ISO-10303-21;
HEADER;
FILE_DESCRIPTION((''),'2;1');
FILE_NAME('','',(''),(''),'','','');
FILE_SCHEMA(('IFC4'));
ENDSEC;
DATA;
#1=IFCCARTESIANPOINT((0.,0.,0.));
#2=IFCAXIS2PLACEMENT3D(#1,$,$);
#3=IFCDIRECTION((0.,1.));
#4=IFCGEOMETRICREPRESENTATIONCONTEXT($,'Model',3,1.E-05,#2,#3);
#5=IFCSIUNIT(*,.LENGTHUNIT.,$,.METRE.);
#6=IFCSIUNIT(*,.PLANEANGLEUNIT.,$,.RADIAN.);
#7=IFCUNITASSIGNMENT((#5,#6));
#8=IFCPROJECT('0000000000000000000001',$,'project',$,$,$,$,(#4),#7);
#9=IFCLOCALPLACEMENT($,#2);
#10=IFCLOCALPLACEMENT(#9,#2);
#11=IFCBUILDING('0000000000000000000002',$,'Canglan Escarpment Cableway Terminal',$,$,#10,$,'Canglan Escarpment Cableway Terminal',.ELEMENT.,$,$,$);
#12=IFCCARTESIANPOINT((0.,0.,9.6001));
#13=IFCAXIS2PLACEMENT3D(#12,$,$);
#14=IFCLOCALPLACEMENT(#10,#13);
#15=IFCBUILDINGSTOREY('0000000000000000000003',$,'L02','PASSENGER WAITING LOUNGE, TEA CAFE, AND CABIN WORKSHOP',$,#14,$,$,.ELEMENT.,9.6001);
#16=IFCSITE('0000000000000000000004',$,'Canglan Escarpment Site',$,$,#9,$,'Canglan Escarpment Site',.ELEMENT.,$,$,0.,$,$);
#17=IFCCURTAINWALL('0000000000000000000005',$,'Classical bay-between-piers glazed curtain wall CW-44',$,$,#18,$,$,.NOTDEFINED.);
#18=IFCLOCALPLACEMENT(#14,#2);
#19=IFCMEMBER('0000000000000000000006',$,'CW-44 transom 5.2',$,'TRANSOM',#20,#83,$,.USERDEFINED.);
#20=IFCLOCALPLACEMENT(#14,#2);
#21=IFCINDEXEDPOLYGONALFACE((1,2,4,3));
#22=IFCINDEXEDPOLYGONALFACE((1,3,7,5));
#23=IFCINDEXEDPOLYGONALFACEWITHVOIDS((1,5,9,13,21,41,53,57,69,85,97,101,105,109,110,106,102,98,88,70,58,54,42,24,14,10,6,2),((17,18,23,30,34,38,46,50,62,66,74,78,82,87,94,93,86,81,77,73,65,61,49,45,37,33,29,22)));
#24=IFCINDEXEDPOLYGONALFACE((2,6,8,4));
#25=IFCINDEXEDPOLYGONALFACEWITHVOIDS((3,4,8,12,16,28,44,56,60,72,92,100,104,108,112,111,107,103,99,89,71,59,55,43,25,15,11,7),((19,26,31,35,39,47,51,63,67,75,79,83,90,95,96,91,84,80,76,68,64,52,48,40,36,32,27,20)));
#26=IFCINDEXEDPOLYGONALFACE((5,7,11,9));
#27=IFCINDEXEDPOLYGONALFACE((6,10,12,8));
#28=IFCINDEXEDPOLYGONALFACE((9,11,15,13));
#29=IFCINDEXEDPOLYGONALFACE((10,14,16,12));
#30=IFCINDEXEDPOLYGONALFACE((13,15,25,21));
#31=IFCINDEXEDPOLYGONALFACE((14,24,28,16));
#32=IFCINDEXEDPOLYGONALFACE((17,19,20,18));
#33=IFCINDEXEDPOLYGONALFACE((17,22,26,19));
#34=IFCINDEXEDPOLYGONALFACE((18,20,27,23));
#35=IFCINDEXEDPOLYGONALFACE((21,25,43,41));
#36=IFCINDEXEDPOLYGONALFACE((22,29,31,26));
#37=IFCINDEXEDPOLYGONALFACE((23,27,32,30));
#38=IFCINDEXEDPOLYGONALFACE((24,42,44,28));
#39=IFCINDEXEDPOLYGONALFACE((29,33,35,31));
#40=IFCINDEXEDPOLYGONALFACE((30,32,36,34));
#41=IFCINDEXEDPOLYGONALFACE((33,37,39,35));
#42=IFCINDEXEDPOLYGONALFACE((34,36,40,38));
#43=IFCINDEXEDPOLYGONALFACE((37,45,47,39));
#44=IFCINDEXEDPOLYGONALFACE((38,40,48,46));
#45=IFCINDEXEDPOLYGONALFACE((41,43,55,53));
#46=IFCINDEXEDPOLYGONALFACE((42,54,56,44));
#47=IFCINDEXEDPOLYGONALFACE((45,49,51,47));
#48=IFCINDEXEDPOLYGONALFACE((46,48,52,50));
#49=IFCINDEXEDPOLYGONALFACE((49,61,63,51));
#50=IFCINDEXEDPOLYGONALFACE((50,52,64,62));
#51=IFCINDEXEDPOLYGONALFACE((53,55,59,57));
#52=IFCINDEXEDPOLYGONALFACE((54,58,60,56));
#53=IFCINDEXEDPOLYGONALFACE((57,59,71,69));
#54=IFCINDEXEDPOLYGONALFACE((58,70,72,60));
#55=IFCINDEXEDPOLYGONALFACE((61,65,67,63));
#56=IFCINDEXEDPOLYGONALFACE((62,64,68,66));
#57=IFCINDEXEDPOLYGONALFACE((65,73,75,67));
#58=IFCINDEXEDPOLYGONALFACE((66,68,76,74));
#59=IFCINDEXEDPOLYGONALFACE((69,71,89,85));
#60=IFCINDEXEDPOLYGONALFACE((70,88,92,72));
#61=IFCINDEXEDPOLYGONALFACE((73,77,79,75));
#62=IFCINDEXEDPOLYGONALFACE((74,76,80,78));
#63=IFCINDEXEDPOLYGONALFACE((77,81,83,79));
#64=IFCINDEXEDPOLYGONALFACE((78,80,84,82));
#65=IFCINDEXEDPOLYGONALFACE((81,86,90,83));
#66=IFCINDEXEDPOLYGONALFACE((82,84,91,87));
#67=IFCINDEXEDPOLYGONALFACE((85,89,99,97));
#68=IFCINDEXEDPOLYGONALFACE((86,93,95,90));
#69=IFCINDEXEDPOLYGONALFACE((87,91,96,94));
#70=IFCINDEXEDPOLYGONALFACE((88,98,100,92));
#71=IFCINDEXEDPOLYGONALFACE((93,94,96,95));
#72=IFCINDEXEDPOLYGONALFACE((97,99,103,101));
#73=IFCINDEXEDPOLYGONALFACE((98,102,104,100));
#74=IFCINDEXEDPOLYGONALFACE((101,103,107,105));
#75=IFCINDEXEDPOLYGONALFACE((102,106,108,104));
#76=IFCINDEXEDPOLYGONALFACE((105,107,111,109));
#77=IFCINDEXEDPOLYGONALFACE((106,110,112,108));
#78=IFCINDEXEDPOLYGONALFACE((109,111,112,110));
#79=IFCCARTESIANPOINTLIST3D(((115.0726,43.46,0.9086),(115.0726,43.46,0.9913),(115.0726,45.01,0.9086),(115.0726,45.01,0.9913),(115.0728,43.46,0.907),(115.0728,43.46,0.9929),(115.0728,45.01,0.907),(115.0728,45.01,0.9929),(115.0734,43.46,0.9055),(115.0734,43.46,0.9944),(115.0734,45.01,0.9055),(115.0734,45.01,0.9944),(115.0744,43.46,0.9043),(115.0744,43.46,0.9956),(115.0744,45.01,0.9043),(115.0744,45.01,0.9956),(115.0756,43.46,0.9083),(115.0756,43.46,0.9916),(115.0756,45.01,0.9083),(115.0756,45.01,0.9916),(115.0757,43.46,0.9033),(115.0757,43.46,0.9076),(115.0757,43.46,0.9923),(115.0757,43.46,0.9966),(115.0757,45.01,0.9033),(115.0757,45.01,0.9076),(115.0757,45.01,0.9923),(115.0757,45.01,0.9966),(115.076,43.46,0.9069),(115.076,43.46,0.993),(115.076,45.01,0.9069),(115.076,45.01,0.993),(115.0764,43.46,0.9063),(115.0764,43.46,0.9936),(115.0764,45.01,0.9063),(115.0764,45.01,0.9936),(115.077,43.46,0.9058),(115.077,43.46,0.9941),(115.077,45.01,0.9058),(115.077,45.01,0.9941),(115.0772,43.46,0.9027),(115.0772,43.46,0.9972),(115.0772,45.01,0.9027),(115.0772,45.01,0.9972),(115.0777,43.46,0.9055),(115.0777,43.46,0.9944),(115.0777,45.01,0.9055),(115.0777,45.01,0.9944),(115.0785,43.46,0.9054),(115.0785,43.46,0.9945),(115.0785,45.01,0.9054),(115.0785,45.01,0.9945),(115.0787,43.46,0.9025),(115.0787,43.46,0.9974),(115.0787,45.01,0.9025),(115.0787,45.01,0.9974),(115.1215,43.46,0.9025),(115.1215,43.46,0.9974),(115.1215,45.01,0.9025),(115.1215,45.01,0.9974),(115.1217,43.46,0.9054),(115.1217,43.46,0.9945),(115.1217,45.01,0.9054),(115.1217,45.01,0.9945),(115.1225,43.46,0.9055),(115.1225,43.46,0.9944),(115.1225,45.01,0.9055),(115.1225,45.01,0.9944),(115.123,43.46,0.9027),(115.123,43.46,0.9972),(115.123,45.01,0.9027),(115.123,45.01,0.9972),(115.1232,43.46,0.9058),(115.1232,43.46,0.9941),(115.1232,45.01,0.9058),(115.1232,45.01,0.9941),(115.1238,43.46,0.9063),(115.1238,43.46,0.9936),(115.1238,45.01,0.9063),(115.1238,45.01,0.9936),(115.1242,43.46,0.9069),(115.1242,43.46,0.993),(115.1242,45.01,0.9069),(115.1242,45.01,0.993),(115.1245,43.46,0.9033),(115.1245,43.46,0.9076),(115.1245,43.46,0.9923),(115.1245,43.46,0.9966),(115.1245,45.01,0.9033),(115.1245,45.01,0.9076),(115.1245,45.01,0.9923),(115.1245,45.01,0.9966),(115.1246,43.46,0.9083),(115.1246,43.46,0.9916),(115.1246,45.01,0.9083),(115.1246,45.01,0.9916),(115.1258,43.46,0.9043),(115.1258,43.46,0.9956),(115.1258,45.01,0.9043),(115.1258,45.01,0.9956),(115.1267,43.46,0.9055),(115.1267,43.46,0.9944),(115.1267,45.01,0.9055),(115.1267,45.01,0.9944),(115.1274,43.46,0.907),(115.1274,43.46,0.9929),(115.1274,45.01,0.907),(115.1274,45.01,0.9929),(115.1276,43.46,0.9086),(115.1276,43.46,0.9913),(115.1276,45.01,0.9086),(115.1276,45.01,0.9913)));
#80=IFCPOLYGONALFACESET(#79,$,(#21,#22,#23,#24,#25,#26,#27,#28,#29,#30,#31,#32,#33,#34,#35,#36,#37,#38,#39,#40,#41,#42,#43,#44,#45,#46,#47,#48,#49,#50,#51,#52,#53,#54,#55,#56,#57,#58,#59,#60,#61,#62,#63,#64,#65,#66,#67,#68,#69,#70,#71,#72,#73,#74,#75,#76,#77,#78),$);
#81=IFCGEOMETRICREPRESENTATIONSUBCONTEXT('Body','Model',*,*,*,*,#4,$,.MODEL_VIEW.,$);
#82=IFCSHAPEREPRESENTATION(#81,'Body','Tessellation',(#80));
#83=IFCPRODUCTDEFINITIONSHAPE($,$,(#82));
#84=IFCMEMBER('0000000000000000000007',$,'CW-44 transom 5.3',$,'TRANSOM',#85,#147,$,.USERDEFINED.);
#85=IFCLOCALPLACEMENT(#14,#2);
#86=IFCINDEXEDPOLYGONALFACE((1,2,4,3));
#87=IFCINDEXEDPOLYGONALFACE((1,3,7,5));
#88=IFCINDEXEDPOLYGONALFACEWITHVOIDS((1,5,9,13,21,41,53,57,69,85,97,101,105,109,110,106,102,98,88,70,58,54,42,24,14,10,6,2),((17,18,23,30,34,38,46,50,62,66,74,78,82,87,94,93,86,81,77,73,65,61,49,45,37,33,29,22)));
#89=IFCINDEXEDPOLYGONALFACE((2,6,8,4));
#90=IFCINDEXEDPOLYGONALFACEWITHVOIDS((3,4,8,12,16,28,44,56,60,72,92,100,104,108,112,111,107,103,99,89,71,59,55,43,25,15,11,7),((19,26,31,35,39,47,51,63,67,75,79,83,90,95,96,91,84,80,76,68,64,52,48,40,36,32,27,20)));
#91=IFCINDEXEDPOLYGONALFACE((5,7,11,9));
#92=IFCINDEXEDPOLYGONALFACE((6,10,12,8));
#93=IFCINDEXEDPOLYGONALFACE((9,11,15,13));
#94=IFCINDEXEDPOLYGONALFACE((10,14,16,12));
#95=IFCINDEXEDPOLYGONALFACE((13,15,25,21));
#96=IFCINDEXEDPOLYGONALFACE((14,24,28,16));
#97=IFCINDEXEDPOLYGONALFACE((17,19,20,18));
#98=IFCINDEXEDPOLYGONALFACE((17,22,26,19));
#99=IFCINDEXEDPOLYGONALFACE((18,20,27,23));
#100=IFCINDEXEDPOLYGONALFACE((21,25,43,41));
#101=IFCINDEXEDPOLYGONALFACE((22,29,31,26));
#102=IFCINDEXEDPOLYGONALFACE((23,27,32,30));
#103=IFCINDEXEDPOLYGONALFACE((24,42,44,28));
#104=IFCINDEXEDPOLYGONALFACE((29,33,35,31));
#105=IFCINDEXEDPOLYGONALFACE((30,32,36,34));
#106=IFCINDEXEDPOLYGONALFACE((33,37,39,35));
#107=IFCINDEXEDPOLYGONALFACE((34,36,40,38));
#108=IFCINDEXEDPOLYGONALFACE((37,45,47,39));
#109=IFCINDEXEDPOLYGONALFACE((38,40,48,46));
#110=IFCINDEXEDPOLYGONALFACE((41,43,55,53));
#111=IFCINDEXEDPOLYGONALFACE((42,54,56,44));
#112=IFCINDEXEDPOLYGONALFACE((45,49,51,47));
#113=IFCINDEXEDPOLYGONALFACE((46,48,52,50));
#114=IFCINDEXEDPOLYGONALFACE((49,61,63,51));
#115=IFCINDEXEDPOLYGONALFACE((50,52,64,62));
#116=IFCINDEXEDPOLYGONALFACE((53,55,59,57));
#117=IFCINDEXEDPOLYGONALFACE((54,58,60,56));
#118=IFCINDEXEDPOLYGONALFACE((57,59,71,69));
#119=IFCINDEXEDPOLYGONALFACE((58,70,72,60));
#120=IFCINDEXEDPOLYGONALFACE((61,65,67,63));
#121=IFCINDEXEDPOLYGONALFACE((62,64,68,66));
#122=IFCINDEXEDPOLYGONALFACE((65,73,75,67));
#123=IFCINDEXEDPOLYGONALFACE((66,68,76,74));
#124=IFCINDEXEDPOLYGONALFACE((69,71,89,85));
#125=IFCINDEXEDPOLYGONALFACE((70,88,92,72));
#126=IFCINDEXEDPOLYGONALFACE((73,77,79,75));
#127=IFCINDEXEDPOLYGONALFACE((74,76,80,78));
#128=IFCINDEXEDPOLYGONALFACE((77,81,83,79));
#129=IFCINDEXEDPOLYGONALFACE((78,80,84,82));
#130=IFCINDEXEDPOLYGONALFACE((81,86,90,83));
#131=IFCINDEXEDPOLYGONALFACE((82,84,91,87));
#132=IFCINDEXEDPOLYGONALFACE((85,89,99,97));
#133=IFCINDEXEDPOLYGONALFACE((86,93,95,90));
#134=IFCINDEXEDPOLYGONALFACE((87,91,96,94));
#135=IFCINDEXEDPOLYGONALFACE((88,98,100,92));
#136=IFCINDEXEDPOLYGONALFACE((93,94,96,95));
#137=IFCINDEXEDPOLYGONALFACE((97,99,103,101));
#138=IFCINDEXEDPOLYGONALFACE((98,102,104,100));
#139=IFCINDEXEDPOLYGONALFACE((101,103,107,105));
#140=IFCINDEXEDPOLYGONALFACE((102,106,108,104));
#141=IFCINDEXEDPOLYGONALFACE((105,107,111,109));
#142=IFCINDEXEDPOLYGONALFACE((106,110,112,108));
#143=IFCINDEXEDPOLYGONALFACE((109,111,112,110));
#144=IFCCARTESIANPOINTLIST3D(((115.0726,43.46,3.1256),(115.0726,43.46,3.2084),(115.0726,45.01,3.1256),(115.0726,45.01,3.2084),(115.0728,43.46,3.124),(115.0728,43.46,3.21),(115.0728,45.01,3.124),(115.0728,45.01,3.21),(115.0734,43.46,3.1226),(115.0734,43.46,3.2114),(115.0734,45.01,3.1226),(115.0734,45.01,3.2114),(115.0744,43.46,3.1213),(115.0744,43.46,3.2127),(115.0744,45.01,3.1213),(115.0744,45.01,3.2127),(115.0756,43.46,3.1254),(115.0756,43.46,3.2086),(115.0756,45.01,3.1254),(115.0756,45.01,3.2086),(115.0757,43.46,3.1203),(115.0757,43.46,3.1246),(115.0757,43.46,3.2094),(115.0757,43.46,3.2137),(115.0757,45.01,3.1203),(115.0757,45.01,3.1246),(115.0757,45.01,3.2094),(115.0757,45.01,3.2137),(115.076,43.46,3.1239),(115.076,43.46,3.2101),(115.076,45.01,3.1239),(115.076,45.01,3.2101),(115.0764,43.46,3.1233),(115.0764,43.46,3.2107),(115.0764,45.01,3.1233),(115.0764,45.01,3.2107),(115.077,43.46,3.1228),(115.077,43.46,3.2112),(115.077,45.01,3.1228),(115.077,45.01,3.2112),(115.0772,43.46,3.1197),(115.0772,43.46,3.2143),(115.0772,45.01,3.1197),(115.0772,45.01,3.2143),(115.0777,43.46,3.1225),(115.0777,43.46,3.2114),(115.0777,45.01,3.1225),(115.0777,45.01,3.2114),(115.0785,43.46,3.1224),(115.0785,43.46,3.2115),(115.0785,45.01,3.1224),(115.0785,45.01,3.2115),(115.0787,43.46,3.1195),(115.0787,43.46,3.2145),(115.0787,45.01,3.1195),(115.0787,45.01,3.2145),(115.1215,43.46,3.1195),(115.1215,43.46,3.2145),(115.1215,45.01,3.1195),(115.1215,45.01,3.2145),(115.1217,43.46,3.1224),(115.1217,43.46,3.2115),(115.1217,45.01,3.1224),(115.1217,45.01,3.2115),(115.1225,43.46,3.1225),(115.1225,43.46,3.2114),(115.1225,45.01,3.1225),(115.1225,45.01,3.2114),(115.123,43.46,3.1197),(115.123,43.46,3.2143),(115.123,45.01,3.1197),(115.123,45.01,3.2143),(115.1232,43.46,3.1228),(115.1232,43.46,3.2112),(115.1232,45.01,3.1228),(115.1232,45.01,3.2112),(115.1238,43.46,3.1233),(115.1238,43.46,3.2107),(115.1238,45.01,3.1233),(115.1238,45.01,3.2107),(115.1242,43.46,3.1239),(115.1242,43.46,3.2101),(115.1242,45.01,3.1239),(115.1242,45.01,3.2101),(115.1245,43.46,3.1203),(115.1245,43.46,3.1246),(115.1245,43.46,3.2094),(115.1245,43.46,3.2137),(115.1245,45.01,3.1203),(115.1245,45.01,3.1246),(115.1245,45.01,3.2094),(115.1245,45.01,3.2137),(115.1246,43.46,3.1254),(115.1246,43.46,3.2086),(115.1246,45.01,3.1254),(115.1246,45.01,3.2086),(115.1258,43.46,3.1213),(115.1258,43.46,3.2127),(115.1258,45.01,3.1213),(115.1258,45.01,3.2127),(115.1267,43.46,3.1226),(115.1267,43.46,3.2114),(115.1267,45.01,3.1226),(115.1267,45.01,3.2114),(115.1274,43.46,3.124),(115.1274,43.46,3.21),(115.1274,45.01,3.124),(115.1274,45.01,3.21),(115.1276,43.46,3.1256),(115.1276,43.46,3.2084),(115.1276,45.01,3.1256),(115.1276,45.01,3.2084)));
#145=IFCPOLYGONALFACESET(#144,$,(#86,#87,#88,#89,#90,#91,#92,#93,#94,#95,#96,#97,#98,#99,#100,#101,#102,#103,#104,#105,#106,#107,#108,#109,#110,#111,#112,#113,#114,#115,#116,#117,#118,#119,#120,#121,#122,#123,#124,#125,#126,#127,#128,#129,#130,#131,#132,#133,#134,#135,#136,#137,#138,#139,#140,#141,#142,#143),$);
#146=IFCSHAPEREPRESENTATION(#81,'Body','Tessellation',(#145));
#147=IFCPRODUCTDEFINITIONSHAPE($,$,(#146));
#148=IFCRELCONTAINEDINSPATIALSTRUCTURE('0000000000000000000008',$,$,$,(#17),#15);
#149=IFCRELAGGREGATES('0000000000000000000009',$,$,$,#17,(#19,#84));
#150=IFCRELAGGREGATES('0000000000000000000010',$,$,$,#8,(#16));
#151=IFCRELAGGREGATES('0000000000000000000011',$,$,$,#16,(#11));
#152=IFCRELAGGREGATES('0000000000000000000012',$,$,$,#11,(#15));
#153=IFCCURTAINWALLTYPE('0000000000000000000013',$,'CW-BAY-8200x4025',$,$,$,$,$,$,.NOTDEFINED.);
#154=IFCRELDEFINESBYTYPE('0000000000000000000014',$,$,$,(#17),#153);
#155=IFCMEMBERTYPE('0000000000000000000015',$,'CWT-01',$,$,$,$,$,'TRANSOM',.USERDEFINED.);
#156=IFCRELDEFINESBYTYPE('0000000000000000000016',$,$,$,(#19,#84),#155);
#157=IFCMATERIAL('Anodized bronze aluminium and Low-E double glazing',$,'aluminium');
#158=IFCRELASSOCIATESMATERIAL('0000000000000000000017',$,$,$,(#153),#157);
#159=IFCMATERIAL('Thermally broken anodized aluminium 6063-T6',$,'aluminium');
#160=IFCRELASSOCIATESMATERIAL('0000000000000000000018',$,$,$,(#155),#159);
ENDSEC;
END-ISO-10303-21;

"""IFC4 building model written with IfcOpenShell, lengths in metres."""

from ifc_helpers import new_model, si_unit, direction, frame, origin, origin_2d, place, context, subcontext, project, spatial, hollow_rectangle, extrude, material, material_profile, profile_set, type_object, element, aggregate, save


model = new_model("IFC4")

# Units and contexts
model_context = context("Model", 3, precision=1e-05, world=origin(), true_north=direction((0.0, 1.0)))
body_context = subcontext(model_context, "Body", "Model", "MODEL_VIEW")
ifc_project = project(units=[si_unit("LENGTHUNIT", "METRE"), si_unit("PLANEANGLEUNIT", "RADIAN")], contexts=[model_context])

# Site, building, storey
site_placement = place(None, origin())
site = spatial("IfcSite", under=ifc_project, at=site_placement, Name="Canglan Escarpment Site", LongName="Canglan Escarpment Site", CompositionType="ELEMENT", RefElevation=0.0)
building_placement = place(site_placement, origin())
building = spatial("IfcBuilding", under=site, at=building_placement, Name="Canglan Escarpment Cableway Terminal", LongName="Canglan Escarpment Cableway Terminal", CompositionType="ELEMENT")
storey_placement = place(building_placement, frame((0.0, 0.0, 9.6001)))
storey = spatial("IfcBuildingStorey", under=building, at=storey_placement, Name="L02", Description="PASSENGER WAITING LOUNGE, TEA CAFE, AND CABIN WORKSHOP", CompositionType="ELEMENT", Elevation=9.6001)

# Curtain wall
ifc_material_1 = material(Name="Anodized bronze aluminium and Low-E double glazing", Category="aluminium")
curtain_wall_type_1 = type_object("IfcCurtainWallType", Name="CW-BAY-8200x4025", PredefinedType="NOTDEFINED", material=ifc_material_1)
curtain_wall_1_placement = place(storey_placement, origin())
curtain_wall_1 = element("IfcCurtainWall", 1, at=curtain_wall_1_placement, inside=storey, type_object=curtain_wall_type_1, Name="Classical bay-between-piers glazed curtain wall CW-44", PredefinedType="NOTDEFINED")
ifc_material_2 = material(Name="Thermally broken anodized aluminium 6063-T6", Category="aluminium")

# Members
ifc_material_profile_1 = material_profile(ifc_material_2, hollow_rectangle(XDim=0.0549, YDim=0.095, WallThickness=0.0029, InnerFilletRadius=0.0029, OuterFilletRadius=0.0061, at=origin_2d()), Name="ALU-TRAN 55x95x3")
ifc_profile_set_1 = profile_set([ifc_material_profile_1], Name="Thermally broken anodized aluminium 6063-T6")
member_type_1 = type_object("IfcMemberType", Name="CWT-01", ElementType="TRANSOM", PredefinedType="USERDEFINED", material=ifc_profile_set_1)
member_1_placement = place(storey_placement, frame((115.1001, 45.01, 0.95), z_axis=(0.0, -1.0, 0.0), x_axis=(1.0, 0.0, 0.0)))
member_1 = element("IfcMember", 2, at=member_1_placement, type_object=member_type_1, Name="CW-44 transom 5.2", ObjectType="TRANSOM", PredefinedType="USERDEFINED", context=body_context, shape_type="SweptSolid", body=[
    extrude(hollow_rectangle(XDim=0.0549, YDim=0.095, WallThickness=0.0029, InnerFilletRadius=0.0029, OuterFilletRadius=0.0061, at=origin_2d()), origin(), (0.0, 0.0, 1.0), 1.55),
])
member_2_placement = place(storey_placement, frame((115.1001, 45.01, 3.167), z_axis=(0.0, -1.0, 0.0), x_axis=(1.0, 0.0, 0.0)))
member_2 = element("IfcMember", 3, at=member_2_placement, type_object=member_type_1, Name="CW-44 transom 5.3", ObjectType="TRANSOM", PredefinedType="USERDEFINED", context=body_context, shape_type="SweptSolid", body=[
    extrude(hollow_rectangle(XDim=0.0549, YDim=0.095, WallThickness=0.0029, InnerFilletRadius=0.0029, OuterFilletRadius=0.0061, at=origin_2d()), origin(), (0.0, 0.0, 1.0), 1.55),
])

aggregate(curtain_wall_1, [member_1, member_2])

save(model, "model.ifc")
